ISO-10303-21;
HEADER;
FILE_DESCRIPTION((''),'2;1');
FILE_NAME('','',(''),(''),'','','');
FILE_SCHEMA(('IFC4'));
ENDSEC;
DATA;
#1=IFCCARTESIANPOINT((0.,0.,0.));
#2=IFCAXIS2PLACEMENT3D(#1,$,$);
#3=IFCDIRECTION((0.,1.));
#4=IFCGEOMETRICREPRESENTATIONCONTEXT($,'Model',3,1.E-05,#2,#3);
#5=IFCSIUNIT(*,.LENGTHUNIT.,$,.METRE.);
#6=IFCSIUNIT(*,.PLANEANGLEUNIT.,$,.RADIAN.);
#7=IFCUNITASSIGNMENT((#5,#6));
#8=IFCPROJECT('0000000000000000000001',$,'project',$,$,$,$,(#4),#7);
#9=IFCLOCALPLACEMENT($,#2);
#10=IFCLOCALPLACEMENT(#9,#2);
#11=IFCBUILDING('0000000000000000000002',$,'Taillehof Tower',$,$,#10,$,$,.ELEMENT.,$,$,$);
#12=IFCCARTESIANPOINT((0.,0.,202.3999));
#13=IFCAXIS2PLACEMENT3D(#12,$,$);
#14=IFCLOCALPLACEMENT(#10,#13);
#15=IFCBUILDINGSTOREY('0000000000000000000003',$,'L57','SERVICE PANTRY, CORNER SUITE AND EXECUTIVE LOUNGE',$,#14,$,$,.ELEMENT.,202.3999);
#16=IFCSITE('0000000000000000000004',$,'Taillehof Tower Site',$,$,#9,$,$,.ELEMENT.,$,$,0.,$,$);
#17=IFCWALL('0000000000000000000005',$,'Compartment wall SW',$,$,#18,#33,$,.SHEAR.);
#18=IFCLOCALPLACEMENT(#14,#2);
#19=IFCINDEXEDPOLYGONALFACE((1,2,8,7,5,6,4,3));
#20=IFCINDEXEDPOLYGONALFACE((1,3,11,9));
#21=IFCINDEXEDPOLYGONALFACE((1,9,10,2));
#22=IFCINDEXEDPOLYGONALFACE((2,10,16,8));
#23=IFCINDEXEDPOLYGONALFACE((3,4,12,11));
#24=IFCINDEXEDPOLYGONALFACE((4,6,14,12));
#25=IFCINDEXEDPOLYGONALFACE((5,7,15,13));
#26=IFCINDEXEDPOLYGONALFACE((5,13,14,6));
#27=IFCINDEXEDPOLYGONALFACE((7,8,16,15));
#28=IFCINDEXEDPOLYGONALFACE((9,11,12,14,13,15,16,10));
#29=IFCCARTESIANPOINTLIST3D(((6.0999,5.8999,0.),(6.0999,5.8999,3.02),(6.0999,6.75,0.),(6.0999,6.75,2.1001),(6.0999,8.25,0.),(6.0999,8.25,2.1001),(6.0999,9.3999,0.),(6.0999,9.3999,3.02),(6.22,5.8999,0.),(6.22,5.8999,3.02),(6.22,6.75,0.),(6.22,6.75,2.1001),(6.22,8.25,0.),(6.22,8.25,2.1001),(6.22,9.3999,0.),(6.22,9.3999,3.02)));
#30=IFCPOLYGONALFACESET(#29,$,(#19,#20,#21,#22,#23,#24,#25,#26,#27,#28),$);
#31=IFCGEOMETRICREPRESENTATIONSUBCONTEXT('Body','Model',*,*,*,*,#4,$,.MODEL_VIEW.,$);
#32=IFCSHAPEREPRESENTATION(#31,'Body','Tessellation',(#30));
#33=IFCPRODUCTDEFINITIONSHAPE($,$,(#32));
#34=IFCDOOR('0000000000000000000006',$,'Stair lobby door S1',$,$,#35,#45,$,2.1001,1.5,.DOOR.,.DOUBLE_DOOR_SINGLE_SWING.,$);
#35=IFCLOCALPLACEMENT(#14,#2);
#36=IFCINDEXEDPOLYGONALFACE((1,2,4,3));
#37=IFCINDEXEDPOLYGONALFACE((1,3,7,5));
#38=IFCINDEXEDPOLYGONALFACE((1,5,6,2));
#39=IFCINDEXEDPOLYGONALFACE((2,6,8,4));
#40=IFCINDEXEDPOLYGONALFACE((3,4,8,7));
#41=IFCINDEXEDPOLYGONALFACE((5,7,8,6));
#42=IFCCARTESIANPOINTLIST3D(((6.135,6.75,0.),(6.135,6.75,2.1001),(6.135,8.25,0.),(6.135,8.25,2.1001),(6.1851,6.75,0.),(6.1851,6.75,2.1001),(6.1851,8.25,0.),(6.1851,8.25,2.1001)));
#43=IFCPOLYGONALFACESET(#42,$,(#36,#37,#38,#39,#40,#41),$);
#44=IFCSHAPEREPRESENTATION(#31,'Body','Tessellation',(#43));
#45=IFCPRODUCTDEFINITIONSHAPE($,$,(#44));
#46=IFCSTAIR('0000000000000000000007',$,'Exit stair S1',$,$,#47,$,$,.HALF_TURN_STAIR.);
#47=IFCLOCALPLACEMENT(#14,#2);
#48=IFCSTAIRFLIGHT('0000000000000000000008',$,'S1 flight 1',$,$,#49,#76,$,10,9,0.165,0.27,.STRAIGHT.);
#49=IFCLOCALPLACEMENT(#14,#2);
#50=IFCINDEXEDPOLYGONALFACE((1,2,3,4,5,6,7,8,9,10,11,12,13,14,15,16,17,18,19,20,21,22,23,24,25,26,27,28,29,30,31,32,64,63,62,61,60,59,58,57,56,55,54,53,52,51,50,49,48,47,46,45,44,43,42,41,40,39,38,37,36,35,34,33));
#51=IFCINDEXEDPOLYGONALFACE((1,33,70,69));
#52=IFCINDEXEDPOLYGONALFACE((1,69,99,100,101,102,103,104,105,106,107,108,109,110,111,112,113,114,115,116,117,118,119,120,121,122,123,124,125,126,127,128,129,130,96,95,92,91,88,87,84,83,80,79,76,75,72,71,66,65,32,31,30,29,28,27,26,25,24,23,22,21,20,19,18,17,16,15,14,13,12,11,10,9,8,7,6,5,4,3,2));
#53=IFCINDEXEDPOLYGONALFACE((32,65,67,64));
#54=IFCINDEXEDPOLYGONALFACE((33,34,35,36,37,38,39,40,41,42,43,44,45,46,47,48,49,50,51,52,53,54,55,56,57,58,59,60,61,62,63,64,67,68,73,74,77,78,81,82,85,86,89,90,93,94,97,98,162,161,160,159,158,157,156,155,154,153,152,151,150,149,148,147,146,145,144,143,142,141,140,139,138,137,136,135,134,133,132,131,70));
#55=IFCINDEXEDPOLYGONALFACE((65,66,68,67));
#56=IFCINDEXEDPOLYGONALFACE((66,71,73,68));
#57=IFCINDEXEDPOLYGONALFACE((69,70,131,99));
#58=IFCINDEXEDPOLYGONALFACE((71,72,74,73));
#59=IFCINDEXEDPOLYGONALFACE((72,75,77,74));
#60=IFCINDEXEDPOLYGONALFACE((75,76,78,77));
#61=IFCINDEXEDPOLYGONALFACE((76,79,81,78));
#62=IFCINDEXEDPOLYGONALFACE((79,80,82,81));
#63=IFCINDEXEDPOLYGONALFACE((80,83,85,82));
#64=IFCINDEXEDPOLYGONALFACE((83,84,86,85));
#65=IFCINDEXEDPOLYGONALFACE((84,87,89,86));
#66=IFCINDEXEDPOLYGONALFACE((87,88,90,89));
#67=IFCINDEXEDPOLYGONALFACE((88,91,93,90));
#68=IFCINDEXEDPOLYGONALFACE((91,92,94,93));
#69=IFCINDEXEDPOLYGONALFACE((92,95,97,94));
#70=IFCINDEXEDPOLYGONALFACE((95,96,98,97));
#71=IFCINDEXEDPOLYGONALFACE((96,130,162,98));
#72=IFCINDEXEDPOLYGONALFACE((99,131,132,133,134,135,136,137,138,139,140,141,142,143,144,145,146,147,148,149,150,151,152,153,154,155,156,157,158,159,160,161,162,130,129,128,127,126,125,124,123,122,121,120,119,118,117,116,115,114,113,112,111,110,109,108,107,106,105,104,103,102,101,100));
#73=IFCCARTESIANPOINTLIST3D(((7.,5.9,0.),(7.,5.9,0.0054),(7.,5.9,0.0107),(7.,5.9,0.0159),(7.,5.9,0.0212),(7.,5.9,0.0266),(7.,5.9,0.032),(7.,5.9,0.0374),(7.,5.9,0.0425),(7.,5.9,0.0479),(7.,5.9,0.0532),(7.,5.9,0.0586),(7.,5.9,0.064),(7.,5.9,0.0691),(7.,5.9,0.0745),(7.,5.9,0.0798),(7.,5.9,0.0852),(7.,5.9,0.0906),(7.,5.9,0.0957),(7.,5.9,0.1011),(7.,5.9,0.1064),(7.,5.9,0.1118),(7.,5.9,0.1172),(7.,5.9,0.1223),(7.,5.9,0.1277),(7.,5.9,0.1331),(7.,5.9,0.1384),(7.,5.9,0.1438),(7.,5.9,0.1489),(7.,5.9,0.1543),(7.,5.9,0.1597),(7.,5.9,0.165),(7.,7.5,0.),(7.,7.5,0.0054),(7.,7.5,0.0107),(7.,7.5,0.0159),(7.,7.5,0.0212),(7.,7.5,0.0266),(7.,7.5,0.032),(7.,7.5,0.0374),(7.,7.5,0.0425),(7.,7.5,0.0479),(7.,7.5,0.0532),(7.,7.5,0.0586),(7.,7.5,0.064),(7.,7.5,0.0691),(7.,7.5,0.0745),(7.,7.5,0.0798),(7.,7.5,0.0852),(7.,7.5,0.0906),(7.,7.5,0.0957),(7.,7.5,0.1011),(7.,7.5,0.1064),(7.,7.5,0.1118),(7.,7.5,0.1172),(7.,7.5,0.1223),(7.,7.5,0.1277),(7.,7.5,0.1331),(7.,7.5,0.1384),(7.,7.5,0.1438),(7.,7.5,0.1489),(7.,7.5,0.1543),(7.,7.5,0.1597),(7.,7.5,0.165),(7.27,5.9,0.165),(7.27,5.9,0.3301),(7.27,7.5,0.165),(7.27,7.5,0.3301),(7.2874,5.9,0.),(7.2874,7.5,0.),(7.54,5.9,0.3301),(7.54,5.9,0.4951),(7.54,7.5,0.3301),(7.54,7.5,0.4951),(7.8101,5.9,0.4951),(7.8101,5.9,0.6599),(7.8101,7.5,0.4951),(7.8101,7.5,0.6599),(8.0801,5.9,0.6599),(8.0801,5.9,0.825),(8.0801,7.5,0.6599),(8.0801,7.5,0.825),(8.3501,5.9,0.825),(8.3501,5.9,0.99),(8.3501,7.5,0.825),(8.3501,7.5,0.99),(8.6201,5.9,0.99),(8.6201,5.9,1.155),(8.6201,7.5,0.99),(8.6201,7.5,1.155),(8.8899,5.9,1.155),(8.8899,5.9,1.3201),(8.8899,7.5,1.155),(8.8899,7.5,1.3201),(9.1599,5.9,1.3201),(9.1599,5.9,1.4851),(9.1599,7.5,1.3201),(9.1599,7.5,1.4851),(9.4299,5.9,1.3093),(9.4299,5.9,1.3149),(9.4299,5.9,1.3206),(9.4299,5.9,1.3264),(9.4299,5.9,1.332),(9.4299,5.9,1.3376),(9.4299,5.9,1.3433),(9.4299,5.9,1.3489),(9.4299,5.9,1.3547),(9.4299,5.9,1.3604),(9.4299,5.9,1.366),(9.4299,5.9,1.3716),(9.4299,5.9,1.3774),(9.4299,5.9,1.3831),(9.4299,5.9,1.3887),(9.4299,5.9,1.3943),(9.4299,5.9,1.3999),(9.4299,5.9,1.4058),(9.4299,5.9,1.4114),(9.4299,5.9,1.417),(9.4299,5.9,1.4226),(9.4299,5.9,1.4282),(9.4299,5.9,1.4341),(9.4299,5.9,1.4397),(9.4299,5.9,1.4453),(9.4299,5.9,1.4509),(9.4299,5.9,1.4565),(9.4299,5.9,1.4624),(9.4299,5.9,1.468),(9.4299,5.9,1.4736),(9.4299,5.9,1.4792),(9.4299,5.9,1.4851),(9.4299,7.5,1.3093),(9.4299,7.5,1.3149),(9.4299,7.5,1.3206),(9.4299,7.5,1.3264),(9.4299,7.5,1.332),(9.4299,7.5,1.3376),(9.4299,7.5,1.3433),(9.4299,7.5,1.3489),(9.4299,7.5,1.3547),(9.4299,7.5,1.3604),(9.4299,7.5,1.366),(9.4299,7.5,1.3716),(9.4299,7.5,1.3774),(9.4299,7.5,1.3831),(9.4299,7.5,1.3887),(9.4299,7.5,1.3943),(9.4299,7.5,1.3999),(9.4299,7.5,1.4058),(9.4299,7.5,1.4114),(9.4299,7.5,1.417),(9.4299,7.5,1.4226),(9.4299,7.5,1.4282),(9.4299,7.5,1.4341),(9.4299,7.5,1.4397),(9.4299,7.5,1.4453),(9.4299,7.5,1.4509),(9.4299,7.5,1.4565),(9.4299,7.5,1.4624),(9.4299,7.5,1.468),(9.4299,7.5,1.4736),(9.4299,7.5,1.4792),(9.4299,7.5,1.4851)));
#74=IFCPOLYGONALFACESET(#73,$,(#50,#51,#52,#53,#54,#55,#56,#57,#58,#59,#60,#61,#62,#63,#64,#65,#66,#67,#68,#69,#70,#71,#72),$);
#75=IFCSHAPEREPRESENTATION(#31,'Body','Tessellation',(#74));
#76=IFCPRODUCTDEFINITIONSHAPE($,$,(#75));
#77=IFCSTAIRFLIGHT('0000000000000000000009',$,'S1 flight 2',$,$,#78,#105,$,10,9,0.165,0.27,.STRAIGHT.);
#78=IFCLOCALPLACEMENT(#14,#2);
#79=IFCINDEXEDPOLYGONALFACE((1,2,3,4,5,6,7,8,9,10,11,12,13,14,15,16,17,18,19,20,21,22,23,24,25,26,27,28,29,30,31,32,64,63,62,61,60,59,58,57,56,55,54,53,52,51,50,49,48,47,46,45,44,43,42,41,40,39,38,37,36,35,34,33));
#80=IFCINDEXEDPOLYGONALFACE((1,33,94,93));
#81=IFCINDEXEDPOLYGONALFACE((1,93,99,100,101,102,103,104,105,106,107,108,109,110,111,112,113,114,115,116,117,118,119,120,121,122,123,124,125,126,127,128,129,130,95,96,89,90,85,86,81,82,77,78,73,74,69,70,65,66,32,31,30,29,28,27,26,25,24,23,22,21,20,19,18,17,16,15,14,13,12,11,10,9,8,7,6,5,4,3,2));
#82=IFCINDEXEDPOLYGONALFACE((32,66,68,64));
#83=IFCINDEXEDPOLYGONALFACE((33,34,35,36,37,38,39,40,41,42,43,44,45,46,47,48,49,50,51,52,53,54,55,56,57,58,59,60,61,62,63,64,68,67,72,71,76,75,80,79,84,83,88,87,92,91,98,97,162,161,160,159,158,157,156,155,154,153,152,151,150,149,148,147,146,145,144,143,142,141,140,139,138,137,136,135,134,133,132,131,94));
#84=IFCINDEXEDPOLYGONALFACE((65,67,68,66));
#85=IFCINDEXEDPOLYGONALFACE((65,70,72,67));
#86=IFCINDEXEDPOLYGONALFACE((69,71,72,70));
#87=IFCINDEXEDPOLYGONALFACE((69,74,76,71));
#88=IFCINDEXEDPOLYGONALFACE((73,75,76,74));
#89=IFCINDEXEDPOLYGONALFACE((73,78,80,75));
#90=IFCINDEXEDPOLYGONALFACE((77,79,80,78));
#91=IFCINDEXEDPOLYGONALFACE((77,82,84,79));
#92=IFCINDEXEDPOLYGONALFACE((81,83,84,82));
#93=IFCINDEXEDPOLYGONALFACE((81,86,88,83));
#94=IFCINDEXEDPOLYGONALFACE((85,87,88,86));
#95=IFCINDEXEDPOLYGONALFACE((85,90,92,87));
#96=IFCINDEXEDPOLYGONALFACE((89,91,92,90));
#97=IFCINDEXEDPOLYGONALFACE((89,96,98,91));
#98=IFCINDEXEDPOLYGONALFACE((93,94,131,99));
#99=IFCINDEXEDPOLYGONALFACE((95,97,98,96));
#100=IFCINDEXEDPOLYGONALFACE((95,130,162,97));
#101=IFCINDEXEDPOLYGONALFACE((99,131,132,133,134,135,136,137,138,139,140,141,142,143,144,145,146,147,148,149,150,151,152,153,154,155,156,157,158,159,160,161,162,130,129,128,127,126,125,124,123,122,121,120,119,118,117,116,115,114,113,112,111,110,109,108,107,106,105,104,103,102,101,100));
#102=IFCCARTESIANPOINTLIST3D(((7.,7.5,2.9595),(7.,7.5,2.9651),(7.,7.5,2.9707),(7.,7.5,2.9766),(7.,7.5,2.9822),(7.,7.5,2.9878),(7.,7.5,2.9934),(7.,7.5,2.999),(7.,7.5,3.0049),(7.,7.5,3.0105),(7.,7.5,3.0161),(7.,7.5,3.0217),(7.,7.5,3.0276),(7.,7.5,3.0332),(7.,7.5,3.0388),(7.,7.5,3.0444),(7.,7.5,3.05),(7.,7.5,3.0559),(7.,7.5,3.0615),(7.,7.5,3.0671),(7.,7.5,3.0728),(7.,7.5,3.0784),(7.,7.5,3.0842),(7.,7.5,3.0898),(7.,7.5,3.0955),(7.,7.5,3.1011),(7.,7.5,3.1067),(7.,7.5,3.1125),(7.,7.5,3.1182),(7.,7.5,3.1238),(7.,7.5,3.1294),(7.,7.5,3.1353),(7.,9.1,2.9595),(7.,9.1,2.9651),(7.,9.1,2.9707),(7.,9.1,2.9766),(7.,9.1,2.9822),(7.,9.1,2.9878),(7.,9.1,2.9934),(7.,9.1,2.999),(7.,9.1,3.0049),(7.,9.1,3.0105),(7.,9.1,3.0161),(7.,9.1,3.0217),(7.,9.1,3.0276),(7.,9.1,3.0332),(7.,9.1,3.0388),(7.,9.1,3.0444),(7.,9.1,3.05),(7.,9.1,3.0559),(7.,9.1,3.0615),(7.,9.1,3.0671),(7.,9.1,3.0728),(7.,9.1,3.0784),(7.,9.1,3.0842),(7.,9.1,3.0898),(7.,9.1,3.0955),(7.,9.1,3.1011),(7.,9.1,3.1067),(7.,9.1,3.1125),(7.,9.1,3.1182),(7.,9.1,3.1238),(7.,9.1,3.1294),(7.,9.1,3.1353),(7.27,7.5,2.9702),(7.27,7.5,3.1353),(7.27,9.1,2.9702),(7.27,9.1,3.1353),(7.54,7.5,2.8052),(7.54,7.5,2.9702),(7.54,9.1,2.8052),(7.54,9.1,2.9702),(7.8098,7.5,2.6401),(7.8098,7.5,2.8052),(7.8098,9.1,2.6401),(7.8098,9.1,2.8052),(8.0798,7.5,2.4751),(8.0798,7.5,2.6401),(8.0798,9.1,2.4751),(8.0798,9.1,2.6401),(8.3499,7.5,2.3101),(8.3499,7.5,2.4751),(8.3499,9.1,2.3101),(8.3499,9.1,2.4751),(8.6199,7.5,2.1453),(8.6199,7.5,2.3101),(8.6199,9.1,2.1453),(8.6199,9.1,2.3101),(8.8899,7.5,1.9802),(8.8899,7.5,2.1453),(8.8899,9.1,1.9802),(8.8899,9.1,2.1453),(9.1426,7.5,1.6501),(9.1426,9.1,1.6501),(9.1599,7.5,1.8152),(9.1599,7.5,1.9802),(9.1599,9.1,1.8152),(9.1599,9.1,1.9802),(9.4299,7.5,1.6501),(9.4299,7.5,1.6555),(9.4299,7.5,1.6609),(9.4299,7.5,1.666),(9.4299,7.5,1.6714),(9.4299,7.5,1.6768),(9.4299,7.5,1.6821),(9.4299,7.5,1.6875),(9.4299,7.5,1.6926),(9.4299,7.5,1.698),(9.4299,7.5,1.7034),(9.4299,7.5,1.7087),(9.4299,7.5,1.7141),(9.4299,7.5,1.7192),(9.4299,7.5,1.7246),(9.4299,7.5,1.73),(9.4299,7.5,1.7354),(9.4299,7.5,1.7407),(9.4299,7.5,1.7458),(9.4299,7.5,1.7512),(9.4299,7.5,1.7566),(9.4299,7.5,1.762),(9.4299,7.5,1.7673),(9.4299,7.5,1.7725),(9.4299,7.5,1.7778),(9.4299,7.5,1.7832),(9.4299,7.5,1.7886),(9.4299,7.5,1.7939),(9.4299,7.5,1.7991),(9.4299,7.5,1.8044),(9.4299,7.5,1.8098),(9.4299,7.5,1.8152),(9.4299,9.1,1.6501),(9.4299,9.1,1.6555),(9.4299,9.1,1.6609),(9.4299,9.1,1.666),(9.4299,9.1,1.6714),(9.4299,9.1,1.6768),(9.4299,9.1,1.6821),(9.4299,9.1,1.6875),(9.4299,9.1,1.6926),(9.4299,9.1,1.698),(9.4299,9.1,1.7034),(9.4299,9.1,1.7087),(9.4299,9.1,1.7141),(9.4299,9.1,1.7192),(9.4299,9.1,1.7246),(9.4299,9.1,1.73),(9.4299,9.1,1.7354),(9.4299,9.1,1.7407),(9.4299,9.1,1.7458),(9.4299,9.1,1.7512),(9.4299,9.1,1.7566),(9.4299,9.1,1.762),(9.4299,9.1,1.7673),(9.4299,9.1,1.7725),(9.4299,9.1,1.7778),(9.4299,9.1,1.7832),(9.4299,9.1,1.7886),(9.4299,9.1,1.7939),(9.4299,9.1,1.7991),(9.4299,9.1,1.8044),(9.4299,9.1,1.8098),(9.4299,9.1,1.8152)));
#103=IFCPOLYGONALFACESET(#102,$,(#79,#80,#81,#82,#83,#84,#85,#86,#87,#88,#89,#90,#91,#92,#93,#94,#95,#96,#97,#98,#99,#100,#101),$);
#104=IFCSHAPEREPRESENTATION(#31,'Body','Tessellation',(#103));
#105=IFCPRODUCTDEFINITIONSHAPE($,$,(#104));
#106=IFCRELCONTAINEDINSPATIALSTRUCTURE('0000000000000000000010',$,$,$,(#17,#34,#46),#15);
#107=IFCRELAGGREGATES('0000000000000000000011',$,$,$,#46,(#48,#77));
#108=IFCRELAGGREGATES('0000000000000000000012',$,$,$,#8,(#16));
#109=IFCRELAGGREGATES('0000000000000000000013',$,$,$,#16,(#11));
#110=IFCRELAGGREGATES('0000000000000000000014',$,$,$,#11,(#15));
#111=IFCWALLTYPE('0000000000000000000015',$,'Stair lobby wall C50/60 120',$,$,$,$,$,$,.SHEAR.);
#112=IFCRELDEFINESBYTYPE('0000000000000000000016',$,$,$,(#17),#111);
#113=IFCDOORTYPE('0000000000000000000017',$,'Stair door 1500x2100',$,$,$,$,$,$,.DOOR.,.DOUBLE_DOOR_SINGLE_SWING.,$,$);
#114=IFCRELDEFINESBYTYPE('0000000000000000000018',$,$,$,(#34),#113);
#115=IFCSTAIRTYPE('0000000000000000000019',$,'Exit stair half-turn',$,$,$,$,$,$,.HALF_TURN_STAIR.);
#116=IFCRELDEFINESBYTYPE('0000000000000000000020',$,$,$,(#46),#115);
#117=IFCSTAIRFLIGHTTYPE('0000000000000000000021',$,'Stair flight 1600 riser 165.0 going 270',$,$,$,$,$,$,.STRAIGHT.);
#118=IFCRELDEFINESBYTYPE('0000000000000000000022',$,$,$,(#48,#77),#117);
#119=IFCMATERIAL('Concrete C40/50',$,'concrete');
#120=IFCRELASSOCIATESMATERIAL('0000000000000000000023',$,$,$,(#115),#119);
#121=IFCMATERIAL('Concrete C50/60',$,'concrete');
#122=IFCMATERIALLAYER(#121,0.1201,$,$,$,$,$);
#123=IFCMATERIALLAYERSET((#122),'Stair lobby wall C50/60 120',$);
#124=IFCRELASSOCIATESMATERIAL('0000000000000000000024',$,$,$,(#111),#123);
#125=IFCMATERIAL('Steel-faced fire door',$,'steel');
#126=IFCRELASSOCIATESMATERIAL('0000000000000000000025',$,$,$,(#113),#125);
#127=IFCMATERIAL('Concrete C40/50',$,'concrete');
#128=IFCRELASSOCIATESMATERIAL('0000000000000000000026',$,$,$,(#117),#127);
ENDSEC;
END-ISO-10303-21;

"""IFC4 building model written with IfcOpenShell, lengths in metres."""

from ifc_helpers import new_model, si_unit, direction, frame, frame_2d, origin, place, context, subcontext, project, spatial, polyline, rectangle, outline, extrude, material, layer, layer_set, type_object, element, fill, aggregate, save


model = new_model("IFC4")

# Units and contexts
model_context = context("Model", 3, precision=1e-05, world=origin(), true_north=direction((0.0, 1.0)))
body_context = subcontext(model_context, "Body", "Model", "MODEL_VIEW")
ifc_project = project(units=[si_unit("LENGTHUNIT", "METRE"), si_unit("PLANEANGLEUNIT", "RADIAN")], contexts=[model_context])

# Site, building, storey
site_placement = place(None, origin())
site = spatial("IfcSite", under=ifc_project, at=site_placement, Name="Taillehof Tower Site", CompositionType="ELEMENT", RefElevation=0.0)
building_placement = place(site_placement, origin())
building = spatial("IfcBuilding", under=site, at=building_placement, Name="Taillehof Tower", CompositionType="ELEMENT")
storey_placement = place(building_placement, frame((0.0, 0.0, 202.3999)))
storey = spatial("IfcBuildingStorey", under=building, at=storey_placement, Name="L57", Description="SERVICE PANTRY, CORNER SUITE AND EXECUTIVE LOUNGE", CompositionType="ELEMENT", Elevation=202.3999)

# Shared definitions
ifc_material_1 = material(Name="Concrete C40/50", Category="concrete")
stair_type = type_object("IfcStairType", Name="Exit stair half-turn", PredefinedType="HALF_TURN_STAIR", material=ifc_material_1)

# Wall, opening, door
ifc_material_2 = material(Name="Concrete C50/60", Category="concrete")
ifc_layer_1 = layer(ifc_material_2, 0.1201)
ifc_layer_set_1 = layer_set([ifc_layer_1], Name="Stair lobby wall C50/60 120")
wall_type_1 = type_object("IfcWallType", Name="Stair lobby wall C50/60 120", PredefinedType="SHEAR", material=ifc_layer_set_1)
wall_1_placement = place(storey_placement, frame((6.1599, 5.8999, 0.0), z_axis=(0.0, 0.0, 1.0), x_axis=(0.0, 1.0, 0.0)))
wall_1 = element("IfcWall", 1, at=wall_1_placement, inside=storey, type_object=wall_type_1, Name="Compartment wall SW", PredefinedType="SHEAR", context=body_context, shape_type="SweptSolid", body=[
    extrude(rectangle(XDim=3.5, YDim=0.1201, at=frame_2d((1.75, 0.0))), origin(), (0.0, 0.0, 1.0), 3.02),
])
opening_1_placement = place(wall_1_placement, frame((0.8501, 0.0, 0.0)))
opening_1 = element("IfcOpeningElement", 2, at=opening_1_placement, cuts=wall_1, PredefinedType="OPENING", context=body_context, shape_type="SweptSolid", body=[
    extrude(rectangle(XDim=1.5, YDim=2.1001, at=frame_2d((0.75, 1.05))), frame((0.0, 0.0701, 0.0), z_axis=(0.0, -1.0, 0.0), x_axis=(1.0, 0.0, 0.0)), (0.0, 0.0, 1.0), 0.1401),
])
ifc_material_3 = material(Name="Steel-faced fire door", Category="steel")
door_type_1 = type_object("IfcDoorType", Name="Stair door 1500x2100", OperationType="DOUBLE_DOOR_SINGLE_SWING", PredefinedType="DOOR", material=ifc_material_3)
door_1_placement = place(opening_1_placement, origin())
door_1 = element("IfcDoor", 3, at=door_1_placement, inside=storey, type_object=door_type_1, Name="Stair lobby door S1", OperationType="DOUBLE_DOOR_SINGLE_SWING", OverallHeight=2.1001, OverallWidth=1.5, PredefinedType="DOOR", context=body_context, shape_type="SweptSolid", body=[
    extrude(rectangle(XDim=1.5, YDim=2.1001, at=frame_2d((0.75, 1.05))), frame((0.0, 0.0249, 0.0), z_axis=(0.0, -1.0, 0.0), x_axis=(1.0, 0.0, 0.0)), (0.0, 0.0, 1.0), 0.05),
])
fill(opening_1, door_1)

# Stair, stair flights
stair_1_placement = place(storey_placement, origin())
stair_1 = element("IfcStair", 4, at=stair_1_placement, inside=storey, type_object=stair_type, Name="Exit stair S1", PredefinedType="HALF_TURN_STAIR")
ifc_material_4 = material(Name="Concrete C40/50", Category="concrete")
stair_flight_type = type_object("IfcStairFlightType", Name="Stair flight 1600 riser 165.0 going 270", PredefinedType="STRAIGHT", material=ifc_material_4)
stair_flight_1_placement = place(storey_placement, frame((7.0, 6.7, 0.0), z_axis=(0.0, 0.0, 1.0), x_axis=(1.0, 0.0, 0.0)))
stair_flight_1 = element("IfcStairFlight", 5, at=stair_flight_1_placement, type_object=stair_flight_type, Name="S1 flight 1", NumberOfRisers=10, NumberOfTreads=9, PredefinedType="STRAIGHT", RiserHeight=0.165, TreadLength=0.27, context=body_context, shape_type="SweptSolid", body=[
    extrude(outline(polyline([(0.0, 0.0), (0.0, 0.0054), (0.0, 0.0107), (0.0, 0.0159), (0.0, 0.0212), (0.0, 0.0266), (0.0, 0.032), (0.0, 0.0374), (0.0, 0.0425), (0.0, 0.0479), (0.0, 0.0532), (0.0, 0.0586), (0.0, 0.064), (0.0, 0.0691), (0.0, 0.0745), (0.0, 0.0798), (0.0, 0.0852), (0.0, 0.0906), (0.0, 0.0957), (0.0, 0.1011), (0.0, 0.1064), (0.0, 0.1118), (0.0, 0.1172), (0.0, 0.1223), (0.0, 0.1277), (0.0, 0.1331), (0.0, 0.1384), (0.0, 0.1438), (0.0, 0.1489), (0.0, 0.1543), (0.0, 0.1597), (0.0, 0.165), (0.27, 0.165), (0.27, 0.3301), (0.54, 0.3301), (0.54, 0.4951), (0.8101, 0.4951), (0.8101, 0.6599), (1.0801, 0.6599), (1.0801, 0.825), (1.3501, 0.825), (1.3501, 0.99), (1.6201, 0.99), (1.6201, 1.155), (1.8899, 1.155), (1.8899, 1.3201), (2.1599, 1.3201), (2.1599, 1.4851), (2.4299, 1.4851), (2.4299, 1.4792), (2.4299, 1.4736), (2.4299, 1.468), (2.4299, 1.4624), (2.4299, 1.4565), (2.4299, 1.4509), (2.4299, 1.4453), (2.4299, 1.4397), (2.4299, 1.4341), (2.4299, 1.4282), (2.4299, 1.4226), (2.4299, 1.417), (2.4299, 1.4114), (2.4299, 1.4058), (2.4299, 1.3999), (2.4299, 1.3943), (2.4299, 1.3887), (2.4299, 1.3831), (2.4299, 1.3774), (2.4299, 1.3716), (2.4299, 1.366), (2.4299, 1.3604), (2.4299, 1.3547), (2.4299, 1.3489), (2.4299, 1.3433), (2.4299, 1.3376), (2.4299, 1.332), (2.4299, 1.3264), (2.4299, 1.3206), (2.4299, 1.3149), (2.4299, 1.3093), (0.2874, 0.0), (0.0, 0.0)])), frame((0.0, 0.8, 0.0), z_axis=(0.0, -1.0, 0.0), x_axis=(1.0, 0.0, 0.0)), (0.0, 0.0, 1.0), 1.6),
])
stair_flight_2_placement = place(storey_placement, frame((9.4299, 8.3, 1.6501), z_axis=(0.0, 0.0, 1.0), x_axis=(-1.0, 0.0, 0.0)))
stair_flight_2 = element("IfcStairFlight", 6, at=stair_flight_2_placement, type_object=stair_flight_type, Name="S1 flight 2", NumberOfRisers=10, NumberOfTreads=9, PredefinedType="STRAIGHT", RiserHeight=0.165, TreadLength=0.27, context=body_context, shape_type="SweptSolid", body=[
    extrude(outline(polyline([(0.0, 0.0), (0.0, 0.0054), (0.0, 0.0107), (0.0, 0.0159), (0.0, 0.0212), (0.0, 0.0266), (0.0, 0.032), (0.0, 0.0374), (0.0, 0.0425), (0.0, 0.0479), (0.0, 0.0532), (0.0, 0.0586), (0.0, 0.064), (0.0, 0.0691), (0.0, 0.0745), (0.0, 0.0798), (0.0, 0.0852), (0.0, 0.0906), (0.0, 0.0957), (0.0, 0.1011), (0.0, 0.1064), (0.0, 0.1118), (0.0, 0.1172), (0.0, 0.1223), (0.0, 0.1277), (0.0, 0.1331), (0.0, 0.1384), (0.0, 0.1438), (0.0, 0.1489), (0.0, 0.1543), (0.0, 0.1597), (0.0, 0.165), (0.27, 0.165), (0.27, 0.3301), (0.54, 0.3301), (0.54, 0.4951), (0.8101, 0.4951), (0.8101, 0.6599), (1.0801, 0.6599), (1.0801, 0.825), (1.3501, 0.825), (1.3501, 0.99), (1.6201, 0.99), (1.6201, 1.155), (1.8899, 1.155), (1.8899, 1.3201), (2.1599, 1.3201), (2.1599, 1.4851), (2.4299, 1.4851), (2.4299, 1.4792), (2.4299, 1.4736), (2.4299, 1.468), (2.4299, 1.4624), (2.4299, 1.4565), (2.4299, 1.4509), (2.4299, 1.4453), (2.4299, 1.4397), (2.4299, 1.4341), (2.4299, 1.4282), (2.4299, 1.4226), (2.4299, 1.417), (2.4299, 1.4114), (2.4299, 1.4058), (2.4299, 1.3999), (2.4299, 1.3943), (2.4299, 1.3887), (2.4299, 1.3831), (2.4299, 1.3774), (2.4299, 1.3716), (2.4299, 1.366), (2.4299, 1.3604), (2.4299, 1.3547), (2.4299, 1.3489), (2.4299, 1.3433), (2.4299, 1.3376), (2.4299, 1.332), (2.4299, 1.3264), (2.4299, 1.3206), (2.4299, 1.3149), (2.4299, 1.3093), (0.2874, 0.0), (0.0, 0.0)])), frame((0.0, 0.8, 0.0), z_axis=(0.0, -1.0, 0.0), x_axis=(1.0, 0.0, 0.0)), (0.0, 0.0, 1.0), 1.6),
])
aggregate(stair_1, [stair_flight_1, stair_flight_2])

save(model, "model.ifc")
